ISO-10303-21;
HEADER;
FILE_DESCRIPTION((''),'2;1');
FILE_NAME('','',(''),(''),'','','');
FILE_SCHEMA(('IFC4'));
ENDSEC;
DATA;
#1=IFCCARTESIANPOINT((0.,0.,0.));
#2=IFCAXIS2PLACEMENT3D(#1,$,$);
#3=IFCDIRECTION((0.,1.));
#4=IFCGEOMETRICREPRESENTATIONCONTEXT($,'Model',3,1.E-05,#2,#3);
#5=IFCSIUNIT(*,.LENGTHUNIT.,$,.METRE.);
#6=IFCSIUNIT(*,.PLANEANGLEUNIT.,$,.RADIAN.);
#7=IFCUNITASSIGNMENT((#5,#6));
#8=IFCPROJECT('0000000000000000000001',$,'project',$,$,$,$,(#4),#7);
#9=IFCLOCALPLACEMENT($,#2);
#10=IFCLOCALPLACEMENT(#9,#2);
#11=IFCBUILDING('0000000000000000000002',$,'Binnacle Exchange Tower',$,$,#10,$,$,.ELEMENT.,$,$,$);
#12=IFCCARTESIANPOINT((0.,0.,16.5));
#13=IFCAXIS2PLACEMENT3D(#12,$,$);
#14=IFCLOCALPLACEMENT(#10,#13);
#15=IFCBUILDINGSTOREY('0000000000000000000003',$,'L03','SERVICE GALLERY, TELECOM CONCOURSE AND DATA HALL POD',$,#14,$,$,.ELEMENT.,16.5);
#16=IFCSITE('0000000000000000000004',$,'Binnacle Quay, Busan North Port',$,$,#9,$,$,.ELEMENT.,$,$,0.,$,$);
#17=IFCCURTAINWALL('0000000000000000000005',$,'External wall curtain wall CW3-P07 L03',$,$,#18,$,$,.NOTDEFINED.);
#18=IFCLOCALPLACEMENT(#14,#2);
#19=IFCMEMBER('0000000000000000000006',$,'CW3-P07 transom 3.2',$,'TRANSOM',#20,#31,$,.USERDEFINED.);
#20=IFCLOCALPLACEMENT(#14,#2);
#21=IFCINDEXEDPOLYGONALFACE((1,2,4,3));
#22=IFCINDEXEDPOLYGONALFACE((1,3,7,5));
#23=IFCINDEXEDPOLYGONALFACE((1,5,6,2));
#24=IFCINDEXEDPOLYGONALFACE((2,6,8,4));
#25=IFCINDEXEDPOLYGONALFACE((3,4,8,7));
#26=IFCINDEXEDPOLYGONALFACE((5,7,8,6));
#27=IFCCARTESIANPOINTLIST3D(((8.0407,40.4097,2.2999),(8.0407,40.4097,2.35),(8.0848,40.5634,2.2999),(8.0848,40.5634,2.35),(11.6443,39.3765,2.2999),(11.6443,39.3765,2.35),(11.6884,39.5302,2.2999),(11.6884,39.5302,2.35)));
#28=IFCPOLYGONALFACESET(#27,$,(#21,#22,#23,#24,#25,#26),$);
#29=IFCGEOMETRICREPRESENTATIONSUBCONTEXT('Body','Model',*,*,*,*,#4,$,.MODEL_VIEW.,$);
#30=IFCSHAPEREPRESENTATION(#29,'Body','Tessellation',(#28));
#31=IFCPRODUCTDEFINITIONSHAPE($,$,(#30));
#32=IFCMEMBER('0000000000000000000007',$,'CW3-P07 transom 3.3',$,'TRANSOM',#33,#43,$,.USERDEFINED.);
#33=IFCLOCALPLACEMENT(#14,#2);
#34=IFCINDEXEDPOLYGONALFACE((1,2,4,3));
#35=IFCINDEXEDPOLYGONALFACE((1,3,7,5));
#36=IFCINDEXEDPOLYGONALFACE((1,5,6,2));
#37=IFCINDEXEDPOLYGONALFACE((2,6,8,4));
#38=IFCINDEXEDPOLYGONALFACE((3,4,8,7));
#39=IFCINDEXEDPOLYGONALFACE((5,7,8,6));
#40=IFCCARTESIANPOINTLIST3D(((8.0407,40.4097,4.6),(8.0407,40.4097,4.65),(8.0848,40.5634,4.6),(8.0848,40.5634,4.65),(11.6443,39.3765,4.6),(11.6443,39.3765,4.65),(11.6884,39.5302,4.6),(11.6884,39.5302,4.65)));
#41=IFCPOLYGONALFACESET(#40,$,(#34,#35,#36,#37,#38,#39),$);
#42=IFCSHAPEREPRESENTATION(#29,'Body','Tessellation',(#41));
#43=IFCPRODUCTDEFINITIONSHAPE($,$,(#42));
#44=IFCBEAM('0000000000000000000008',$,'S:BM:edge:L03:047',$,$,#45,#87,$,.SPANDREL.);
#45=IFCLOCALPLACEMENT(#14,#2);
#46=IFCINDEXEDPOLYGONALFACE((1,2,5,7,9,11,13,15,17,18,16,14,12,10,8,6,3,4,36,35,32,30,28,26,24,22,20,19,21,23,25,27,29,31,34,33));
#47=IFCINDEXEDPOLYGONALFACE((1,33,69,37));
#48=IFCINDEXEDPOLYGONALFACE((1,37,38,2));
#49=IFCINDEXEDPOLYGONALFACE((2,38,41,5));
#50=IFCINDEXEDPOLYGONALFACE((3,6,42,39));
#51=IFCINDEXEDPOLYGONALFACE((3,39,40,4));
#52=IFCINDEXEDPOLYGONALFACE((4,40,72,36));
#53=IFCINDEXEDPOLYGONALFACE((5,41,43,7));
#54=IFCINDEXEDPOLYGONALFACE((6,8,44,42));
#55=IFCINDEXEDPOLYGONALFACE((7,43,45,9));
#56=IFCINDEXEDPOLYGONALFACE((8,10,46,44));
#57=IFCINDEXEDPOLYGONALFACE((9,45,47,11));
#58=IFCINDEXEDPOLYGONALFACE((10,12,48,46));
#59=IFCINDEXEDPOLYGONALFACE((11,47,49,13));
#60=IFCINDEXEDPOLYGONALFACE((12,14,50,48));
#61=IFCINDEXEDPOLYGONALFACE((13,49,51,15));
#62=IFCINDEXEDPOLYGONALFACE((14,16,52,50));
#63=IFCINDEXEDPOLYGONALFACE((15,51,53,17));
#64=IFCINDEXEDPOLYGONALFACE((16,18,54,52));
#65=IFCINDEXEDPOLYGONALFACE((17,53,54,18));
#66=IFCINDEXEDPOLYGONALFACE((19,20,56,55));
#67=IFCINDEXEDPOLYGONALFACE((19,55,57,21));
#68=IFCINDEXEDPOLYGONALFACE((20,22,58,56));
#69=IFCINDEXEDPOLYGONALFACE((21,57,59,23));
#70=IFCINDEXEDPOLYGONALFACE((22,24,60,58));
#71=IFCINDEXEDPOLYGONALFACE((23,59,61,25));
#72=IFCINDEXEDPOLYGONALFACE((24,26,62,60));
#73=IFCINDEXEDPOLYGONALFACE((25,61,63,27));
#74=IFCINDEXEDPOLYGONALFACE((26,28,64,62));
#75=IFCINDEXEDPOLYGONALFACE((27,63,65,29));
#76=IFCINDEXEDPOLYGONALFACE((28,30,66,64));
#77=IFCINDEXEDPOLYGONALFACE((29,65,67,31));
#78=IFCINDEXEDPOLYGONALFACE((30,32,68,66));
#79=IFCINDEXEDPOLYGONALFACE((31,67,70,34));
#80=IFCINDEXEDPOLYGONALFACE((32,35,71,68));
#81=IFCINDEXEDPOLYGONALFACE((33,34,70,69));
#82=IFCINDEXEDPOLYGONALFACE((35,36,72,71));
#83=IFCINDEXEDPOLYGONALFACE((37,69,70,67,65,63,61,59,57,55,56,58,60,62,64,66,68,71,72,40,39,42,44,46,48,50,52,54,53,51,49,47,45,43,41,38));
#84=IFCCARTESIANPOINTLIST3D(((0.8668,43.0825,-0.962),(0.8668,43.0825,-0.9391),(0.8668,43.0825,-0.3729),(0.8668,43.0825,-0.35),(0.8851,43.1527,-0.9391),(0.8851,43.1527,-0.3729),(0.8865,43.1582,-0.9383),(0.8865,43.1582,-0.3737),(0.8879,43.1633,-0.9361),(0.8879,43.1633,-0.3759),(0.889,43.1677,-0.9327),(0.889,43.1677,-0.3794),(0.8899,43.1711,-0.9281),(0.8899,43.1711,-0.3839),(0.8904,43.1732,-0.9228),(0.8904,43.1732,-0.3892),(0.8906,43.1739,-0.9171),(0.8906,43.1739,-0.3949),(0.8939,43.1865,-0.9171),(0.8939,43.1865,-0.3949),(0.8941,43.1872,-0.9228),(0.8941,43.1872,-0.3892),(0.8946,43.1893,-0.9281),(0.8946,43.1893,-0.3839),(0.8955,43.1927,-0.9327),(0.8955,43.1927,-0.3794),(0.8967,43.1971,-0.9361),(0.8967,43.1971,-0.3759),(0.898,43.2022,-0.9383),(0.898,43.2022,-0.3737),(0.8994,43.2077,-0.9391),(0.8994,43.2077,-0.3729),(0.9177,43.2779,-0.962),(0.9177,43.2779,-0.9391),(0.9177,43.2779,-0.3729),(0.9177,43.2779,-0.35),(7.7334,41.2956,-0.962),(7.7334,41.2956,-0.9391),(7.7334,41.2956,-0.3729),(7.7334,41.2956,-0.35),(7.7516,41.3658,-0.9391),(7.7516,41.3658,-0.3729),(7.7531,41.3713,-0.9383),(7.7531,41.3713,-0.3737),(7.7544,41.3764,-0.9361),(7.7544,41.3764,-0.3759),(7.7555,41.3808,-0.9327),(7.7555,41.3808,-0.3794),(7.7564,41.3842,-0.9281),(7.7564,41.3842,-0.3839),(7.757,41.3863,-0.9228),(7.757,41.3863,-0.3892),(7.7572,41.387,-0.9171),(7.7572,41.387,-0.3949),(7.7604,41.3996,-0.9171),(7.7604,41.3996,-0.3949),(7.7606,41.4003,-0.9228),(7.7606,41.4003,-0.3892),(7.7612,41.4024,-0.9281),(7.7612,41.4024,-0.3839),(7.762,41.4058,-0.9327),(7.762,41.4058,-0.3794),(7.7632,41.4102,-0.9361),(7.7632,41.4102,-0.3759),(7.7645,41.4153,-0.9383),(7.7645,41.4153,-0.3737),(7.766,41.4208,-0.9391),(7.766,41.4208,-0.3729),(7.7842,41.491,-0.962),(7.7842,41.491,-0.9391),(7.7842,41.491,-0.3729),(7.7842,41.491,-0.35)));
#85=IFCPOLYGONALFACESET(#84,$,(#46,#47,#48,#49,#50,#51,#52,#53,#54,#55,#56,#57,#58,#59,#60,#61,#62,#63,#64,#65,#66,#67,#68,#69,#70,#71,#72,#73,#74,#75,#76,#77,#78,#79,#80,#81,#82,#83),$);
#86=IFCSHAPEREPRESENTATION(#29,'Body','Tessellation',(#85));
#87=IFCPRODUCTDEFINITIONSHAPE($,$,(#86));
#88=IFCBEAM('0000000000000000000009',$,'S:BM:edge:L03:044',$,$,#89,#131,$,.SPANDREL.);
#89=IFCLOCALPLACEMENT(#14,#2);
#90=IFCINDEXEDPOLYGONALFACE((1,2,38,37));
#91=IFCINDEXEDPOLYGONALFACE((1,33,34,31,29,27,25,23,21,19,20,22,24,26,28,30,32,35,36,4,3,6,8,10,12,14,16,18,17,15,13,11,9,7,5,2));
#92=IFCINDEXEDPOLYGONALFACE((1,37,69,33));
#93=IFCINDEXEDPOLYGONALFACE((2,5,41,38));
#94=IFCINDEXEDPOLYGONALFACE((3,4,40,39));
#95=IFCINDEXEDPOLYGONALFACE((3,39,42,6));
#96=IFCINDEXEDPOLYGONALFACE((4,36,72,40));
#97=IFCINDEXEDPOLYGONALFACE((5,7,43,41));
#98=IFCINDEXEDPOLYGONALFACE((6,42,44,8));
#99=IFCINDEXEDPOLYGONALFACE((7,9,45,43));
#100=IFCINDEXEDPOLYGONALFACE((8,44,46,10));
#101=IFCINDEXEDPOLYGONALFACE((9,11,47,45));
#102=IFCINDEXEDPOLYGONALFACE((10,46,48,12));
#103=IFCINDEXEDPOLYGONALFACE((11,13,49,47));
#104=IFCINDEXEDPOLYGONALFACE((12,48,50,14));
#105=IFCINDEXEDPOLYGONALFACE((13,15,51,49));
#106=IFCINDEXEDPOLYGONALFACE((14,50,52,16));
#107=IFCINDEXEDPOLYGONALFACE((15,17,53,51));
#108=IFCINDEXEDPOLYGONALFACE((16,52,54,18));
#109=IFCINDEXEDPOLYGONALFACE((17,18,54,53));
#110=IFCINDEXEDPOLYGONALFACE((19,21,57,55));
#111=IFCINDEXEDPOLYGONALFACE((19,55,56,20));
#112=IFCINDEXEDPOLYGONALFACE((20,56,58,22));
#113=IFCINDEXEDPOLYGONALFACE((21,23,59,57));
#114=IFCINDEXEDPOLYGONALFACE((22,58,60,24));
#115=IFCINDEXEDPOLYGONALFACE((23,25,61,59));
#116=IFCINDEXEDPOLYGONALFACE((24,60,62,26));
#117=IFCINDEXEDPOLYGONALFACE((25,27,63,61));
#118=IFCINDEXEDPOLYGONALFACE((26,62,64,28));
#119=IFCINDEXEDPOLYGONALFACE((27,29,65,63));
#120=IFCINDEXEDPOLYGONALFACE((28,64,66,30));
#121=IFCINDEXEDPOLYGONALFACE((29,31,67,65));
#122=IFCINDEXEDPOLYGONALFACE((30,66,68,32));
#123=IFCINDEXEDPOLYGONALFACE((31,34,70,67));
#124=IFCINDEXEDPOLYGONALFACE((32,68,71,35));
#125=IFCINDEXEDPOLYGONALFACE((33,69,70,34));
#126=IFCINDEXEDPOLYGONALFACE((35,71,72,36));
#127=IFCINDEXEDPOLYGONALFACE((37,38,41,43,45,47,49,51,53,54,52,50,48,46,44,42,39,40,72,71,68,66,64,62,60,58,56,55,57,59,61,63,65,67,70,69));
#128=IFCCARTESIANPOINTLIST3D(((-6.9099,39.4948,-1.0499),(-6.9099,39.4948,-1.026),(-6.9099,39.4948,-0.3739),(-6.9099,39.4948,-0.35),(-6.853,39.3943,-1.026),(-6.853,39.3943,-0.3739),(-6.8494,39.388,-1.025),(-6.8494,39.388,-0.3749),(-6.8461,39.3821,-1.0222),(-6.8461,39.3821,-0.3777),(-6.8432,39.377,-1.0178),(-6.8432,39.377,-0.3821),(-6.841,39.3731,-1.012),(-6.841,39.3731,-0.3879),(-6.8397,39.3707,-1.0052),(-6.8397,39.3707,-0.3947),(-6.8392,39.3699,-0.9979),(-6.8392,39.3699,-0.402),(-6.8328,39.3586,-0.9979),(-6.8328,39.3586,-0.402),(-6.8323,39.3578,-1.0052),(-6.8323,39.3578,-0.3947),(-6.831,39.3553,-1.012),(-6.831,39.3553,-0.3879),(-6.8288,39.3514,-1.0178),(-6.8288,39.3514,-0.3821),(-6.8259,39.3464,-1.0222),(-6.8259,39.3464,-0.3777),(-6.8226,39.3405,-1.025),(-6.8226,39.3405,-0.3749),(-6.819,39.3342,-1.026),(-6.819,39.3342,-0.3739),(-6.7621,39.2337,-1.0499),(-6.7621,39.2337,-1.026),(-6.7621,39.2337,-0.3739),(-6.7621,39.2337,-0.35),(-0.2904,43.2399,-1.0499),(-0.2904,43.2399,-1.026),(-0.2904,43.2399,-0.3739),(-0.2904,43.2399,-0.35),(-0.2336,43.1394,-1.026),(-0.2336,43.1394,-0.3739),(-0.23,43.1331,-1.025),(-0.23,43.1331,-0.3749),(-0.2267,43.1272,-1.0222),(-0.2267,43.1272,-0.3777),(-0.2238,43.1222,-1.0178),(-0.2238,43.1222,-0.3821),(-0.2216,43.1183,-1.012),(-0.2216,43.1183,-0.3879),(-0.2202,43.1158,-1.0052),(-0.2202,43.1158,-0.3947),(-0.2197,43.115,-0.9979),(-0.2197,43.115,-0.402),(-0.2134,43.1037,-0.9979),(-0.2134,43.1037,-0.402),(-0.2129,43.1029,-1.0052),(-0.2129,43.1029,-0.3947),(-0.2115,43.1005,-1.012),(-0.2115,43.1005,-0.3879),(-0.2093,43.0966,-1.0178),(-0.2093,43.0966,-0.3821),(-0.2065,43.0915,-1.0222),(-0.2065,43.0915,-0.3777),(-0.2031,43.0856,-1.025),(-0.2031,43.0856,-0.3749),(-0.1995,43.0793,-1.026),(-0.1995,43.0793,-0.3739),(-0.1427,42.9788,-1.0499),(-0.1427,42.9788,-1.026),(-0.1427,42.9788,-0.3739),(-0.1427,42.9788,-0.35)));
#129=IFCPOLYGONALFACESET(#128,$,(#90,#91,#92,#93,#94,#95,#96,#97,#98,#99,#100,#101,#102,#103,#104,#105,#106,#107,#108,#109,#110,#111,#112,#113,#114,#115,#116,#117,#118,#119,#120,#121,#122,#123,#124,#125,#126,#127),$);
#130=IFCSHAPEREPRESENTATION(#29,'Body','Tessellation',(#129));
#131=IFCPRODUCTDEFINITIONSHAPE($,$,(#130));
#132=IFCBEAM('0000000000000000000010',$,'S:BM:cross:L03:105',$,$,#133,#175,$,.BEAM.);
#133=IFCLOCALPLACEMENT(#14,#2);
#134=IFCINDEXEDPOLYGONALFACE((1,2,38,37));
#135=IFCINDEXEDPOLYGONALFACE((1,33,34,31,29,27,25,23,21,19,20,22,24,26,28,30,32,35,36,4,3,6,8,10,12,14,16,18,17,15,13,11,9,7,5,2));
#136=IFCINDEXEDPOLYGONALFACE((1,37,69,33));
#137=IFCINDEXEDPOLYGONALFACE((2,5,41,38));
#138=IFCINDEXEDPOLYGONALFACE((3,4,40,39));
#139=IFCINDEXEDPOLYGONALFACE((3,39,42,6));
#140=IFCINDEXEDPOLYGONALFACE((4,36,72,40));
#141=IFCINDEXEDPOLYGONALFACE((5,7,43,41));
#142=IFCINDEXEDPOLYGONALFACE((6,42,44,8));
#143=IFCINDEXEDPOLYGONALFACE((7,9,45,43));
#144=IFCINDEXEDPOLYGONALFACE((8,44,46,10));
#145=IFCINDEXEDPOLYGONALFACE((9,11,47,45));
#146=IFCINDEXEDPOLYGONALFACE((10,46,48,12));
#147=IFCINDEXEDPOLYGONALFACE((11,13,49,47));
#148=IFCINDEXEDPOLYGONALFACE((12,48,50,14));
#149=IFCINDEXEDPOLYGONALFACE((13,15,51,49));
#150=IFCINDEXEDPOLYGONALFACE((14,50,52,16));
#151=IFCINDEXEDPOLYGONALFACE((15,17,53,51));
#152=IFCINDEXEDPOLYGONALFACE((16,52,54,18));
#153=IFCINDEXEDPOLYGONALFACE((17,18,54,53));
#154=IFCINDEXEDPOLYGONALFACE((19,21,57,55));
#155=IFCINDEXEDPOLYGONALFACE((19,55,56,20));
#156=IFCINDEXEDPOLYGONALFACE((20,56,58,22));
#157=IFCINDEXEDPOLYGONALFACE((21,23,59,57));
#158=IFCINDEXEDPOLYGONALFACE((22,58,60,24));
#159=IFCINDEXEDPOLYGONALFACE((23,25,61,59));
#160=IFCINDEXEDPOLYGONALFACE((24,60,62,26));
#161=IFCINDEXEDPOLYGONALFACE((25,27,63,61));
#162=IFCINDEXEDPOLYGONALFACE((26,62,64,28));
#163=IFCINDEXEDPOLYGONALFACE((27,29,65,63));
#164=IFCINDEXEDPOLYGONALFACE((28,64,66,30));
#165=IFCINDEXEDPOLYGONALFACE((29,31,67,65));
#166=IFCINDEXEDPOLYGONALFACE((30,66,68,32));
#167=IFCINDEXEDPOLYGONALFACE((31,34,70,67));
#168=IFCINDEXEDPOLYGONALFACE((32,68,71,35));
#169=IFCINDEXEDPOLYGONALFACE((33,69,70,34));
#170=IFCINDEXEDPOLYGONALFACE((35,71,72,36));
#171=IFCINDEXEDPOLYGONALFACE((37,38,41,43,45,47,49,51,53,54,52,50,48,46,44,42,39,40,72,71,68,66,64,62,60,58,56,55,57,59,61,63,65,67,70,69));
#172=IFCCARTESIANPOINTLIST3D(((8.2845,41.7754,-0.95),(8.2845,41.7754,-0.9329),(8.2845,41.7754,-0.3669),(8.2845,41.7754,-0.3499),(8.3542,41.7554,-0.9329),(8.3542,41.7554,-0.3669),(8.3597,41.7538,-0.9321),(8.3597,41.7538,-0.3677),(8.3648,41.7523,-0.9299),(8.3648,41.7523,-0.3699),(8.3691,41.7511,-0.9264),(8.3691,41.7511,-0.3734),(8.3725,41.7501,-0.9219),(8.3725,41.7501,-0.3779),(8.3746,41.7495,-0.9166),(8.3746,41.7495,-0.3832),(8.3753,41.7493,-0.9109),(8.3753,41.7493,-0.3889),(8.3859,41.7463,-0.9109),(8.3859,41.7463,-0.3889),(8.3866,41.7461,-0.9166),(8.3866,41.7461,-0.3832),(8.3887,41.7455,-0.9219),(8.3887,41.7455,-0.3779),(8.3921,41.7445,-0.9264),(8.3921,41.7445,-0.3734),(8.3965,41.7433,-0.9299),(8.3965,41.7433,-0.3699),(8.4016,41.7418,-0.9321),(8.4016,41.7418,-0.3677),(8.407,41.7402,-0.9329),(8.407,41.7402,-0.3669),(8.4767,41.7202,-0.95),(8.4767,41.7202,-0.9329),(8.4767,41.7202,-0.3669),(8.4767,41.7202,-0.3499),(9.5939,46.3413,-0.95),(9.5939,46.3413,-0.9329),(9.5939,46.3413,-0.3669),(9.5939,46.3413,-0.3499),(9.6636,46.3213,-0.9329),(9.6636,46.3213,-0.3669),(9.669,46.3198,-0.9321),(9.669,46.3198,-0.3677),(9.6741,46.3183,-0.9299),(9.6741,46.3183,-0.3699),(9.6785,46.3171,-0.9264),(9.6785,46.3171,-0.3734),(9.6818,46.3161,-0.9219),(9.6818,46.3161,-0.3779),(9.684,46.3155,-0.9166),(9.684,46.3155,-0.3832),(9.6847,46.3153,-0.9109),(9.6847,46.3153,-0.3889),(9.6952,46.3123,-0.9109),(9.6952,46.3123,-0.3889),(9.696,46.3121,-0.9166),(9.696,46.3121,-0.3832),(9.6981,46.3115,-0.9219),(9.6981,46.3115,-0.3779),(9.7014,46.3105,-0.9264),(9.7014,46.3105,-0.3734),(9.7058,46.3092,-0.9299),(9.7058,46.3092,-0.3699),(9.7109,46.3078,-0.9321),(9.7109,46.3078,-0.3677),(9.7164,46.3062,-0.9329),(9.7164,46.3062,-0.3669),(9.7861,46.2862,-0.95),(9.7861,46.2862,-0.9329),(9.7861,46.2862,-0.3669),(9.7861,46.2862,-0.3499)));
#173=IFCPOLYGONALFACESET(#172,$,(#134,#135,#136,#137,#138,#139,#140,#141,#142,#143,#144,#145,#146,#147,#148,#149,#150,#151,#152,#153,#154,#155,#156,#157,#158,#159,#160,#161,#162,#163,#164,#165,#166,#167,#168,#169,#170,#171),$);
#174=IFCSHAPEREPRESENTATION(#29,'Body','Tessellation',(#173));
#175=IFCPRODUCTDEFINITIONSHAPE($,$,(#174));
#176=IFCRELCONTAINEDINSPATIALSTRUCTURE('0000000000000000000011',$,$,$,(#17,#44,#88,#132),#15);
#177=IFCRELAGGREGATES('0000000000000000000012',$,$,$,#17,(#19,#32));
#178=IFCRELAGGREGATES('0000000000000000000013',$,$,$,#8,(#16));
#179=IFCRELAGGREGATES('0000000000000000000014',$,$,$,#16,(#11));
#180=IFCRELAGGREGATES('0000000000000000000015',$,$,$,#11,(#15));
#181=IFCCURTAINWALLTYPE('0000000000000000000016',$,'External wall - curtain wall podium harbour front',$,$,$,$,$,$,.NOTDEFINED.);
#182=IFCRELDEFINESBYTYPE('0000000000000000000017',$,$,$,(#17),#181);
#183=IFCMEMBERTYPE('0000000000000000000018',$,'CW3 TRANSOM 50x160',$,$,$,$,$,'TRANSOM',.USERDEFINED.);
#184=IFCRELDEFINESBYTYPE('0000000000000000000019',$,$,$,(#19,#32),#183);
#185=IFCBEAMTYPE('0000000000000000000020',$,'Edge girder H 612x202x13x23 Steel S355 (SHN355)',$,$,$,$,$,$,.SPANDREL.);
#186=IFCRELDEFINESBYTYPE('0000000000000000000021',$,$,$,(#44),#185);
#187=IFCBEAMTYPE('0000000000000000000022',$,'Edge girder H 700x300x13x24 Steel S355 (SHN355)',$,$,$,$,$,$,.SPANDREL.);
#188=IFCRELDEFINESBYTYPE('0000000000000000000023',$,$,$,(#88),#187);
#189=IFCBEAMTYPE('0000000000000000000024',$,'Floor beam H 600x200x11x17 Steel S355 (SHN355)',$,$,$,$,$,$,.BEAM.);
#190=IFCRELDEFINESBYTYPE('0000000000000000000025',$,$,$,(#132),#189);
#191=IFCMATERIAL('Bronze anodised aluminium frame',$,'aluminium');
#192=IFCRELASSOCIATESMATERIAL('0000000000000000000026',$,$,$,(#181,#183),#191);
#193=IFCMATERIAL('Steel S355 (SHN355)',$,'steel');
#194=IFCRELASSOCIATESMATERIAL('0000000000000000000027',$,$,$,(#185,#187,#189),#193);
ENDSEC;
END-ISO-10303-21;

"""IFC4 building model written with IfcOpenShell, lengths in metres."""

from ifc_helpers import new_model, si_unit, direction, frame, origin, origin_2d, place, context, subcontext, project, spatial, rectangle, i_section, extrude, material, material_profile, profile_set, type_object, element, aggregate, save


model = new_model("IFC4")

# Units and contexts
model_context = context("Model", 3, precision=1e-05, world=origin(), true_north=direction((0.0, 1.0)))
body_context = subcontext(model_context, "Body", "Model", "MODEL_VIEW")
ifc_project = project(units=[si_unit("LENGTHUNIT", "METRE"), si_unit("PLANEANGLEUNIT", "RADIAN")], contexts=[model_context])

# Site, building, storey
site_placement = place(None, origin())
site = spatial("IfcSite", under=ifc_project, at=site_placement, Name="Binnacle Quay, Busan North Port", CompositionType="ELEMENT", RefElevation=0.0)
building_placement = place(site_placement, origin())
building = spatial("IfcBuilding", under=site, at=building_placement, Name="Binnacle Exchange Tower", CompositionType="ELEMENT")
storey_placement = place(building_placement, frame((0.0, 0.0, 16.5)))
storey = spatial("IfcBuildingStorey", under=building, at=storey_placement, Name="L03", Description="SERVICE GALLERY, TELECOM CONCOURSE AND DATA HALL POD", CompositionType="ELEMENT", Elevation=16.5)

# Shared definitions
ifc_material_1 = material(Name="Bronze anodised aluminium frame", Category="aluminium")
curtain_wall_type = type_object("IfcCurtainWallType", Name="External wall - curtain wall podium harbour front", PredefinedType="NOTDEFINED", material=ifc_material_1)

# Curtain wall, members
curtain_wall_1_placement = place(storey_placement, origin())
curtain_wall_1 = element("IfcCurtainWall", 1, at=curtain_wall_1_placement, inside=storey, type_object=curtain_wall_type, Name="External wall curtain wall CW3-P07 L03", PredefinedType="NOTDEFINED")
ifc_material_profile_1 = material_profile(ifc_material_1, rectangle(XDim=0.1599, YDim=0.05, at=origin_2d()), Name="AL 160x50")
ifc_profile_set_1 = profile_set([ifc_material_profile_1], Name="Bronze anodised aluminium frame")
member_type_1 = type_object("IfcMemberType", Name="CW3 TRANSOM 50x160", ElementType="TRANSOM", PredefinedType="USERDEFINED", material=ifc_profile_set_1)
member_1_placement = place(storey_placement, frame((8.0627, 40.4866, 2.325), z_axis=(0.961268, -0.275616, 0.0), x_axis=(0.275616, 0.961268, 0.0)))
member_1 = element("IfcMember", 2, at=member_1_placement, type_object=member_type_1, Name="CW3-P07 transom 3.2", ObjectType="TRANSOM", PredefinedType="USERDEFINED", context=body_context, shape_type="SweptSolid", body=[
    extrude(rectangle(XDim=0.1599, YDim=0.05, at=origin_2d()), origin(), (0.0, 0.0, 1.0), 3.7488),
])
member_2_placement = place(storey_placement, frame((8.0627, 40.4866, 4.625), z_axis=(0.961268, -0.275616, 0.0), x_axis=(0.275616, 0.961268, 0.0)))
member_2 = element("IfcMember", 3, at=member_2_placement, type_object=member_type_1, Name="CW3-P07 transom 3.3", ObjectType="TRANSOM", PredefinedType="USERDEFINED", context=body_context, shape_type="SweptSolid", body=[
    extrude(rectangle(XDim=0.1599, YDim=0.05, at=origin_2d()), origin(), (0.0, 0.0, 1.0), 3.7488),
])

# Beams
ifc_material_2 = material(Name="Steel S355 (SHN355)", Category="steel")
ifc_material_profile_2 = material_profile(ifc_material_2, i_section(OverallWidth=0.2019, OverallDepth=0.6121, WebThickness=0.0129, FlangeThickness=0.0229, FilletRadius=0.022, at=origin_2d()), Name="H 612x202x13x23")
ifc_profile_set_2 = profile_set([ifc_material_profile_2], Name="Steel S355 (SHN355)")
beam_type_1 = type_object("IfcBeamType", Name="Edge girder H 612x202x13x23 Steel S355 (SHN355)", PredefinedType="SPANDREL", material=ifc_profile_set_2)
beam_1_placement = place(storey_placement, frame((7.7588, 41.3933, -0.656), z_axis=(-0.967768, 0.251843, 0.0), x_axis=(-0.251843, -0.967768, 0.0)))
element("IfcBeam", 4, at=beam_1_placement, inside=storey, type_object=beam_type_1, Name="S:BM:edge:L03:047", PredefinedType="SPANDREL", context=body_context, shape_type="SweptSolid", body=[
    extrude(i_section(OverallWidth=0.2019, OverallDepth=0.6121, WebThickness=0.0129, FlangeThickness=0.0229, FilletRadius=0.022, at=origin_2d()), origin(), (0.0, 0.0, 1.0), 7.0952),
])
ifc_material_profile_3 = material_profile(ifc_material_2, i_section(OverallWidth=0.3, OverallDepth=0.7, WebThickness=0.0129, FlangeThickness=0.0239, FilletRadius=0.0281, at=origin_2d()), Name="H 700x300x13x24")
ifc_profile_set_3 = profile_set([ifc_material_profile_3], Name="Steel S355 (SHN355)")
beam_type_2 = type_object("IfcBeamType", Name="Edge girder H 700x300x13x24 Steel S355 (SHN355)", PredefinedType="SPANDREL", material=ifc_profile_set_3)
beam_2_placement = place(storey_placement, frame((-0.2166, 43.1094, -0.7), z_axis=(-0.870353, -0.492428, 0.0), x_axis=(0.492428, -0.870353, 0.0)))
element("IfcBeam", 5, at=beam_2_placement, inside=storey, type_object=beam_type_2, Name="S:BM:edge:L03:044", PredefinedType="SPANDREL", context=body_context, shape_type="SweptSolid", body=[
    extrude(i_section(OverallWidth=0.3, OverallDepth=0.7, WebThickness=0.0129, FlangeThickness=0.0239, FilletRadius=0.0281, at=origin_2d()), origin(), (0.0, 0.0, 1.0), 7.6055),
])
ifc_material_profile_4 = material_profile(ifc_material_2, i_section(OverallWidth=0.2, OverallDepth=0.6001, WebThickness=0.011, FlangeThickness=0.0171, FilletRadius=0.022, at=origin_2d()), Name="H 600x200x11x17")
ifc_profile_set_4 = profile_set([ifc_material_profile_4], Name="Steel S355 (SHN355)")
beam_type_3 = type_object("IfcBeamType", Name="Floor beam H 600x200x11x17 Steel S355 (SHN355)", PredefinedType="BEAM", material=ifc_profile_set_4)
beam_3_placement = place(storey_placement, frame((8.3806, 41.7478, -0.6499), z_axis=(0.275651, 0.961258, 0.0), x_axis=(-0.961258, 0.275651, 0.0)))
element("IfcBeam", 6, at=beam_3_placement, inside=storey, type_object=beam_type_3, Name="S:BM:cross:L03:105", PredefinedType="BEAM", context=body_context, shape_type="SweptSolid", body=[
    extrude(i_section(OverallWidth=0.2, OverallDepth=0.6001, WebThickness=0.011, FlangeThickness=0.0171, FilletRadius=0.022, at=origin_2d()), origin(), (0.0, 0.0, 1.0), 4.75),
])

aggregate(curtain_wall_1, [member_1, member_2])

save(model, "model.ifc")
